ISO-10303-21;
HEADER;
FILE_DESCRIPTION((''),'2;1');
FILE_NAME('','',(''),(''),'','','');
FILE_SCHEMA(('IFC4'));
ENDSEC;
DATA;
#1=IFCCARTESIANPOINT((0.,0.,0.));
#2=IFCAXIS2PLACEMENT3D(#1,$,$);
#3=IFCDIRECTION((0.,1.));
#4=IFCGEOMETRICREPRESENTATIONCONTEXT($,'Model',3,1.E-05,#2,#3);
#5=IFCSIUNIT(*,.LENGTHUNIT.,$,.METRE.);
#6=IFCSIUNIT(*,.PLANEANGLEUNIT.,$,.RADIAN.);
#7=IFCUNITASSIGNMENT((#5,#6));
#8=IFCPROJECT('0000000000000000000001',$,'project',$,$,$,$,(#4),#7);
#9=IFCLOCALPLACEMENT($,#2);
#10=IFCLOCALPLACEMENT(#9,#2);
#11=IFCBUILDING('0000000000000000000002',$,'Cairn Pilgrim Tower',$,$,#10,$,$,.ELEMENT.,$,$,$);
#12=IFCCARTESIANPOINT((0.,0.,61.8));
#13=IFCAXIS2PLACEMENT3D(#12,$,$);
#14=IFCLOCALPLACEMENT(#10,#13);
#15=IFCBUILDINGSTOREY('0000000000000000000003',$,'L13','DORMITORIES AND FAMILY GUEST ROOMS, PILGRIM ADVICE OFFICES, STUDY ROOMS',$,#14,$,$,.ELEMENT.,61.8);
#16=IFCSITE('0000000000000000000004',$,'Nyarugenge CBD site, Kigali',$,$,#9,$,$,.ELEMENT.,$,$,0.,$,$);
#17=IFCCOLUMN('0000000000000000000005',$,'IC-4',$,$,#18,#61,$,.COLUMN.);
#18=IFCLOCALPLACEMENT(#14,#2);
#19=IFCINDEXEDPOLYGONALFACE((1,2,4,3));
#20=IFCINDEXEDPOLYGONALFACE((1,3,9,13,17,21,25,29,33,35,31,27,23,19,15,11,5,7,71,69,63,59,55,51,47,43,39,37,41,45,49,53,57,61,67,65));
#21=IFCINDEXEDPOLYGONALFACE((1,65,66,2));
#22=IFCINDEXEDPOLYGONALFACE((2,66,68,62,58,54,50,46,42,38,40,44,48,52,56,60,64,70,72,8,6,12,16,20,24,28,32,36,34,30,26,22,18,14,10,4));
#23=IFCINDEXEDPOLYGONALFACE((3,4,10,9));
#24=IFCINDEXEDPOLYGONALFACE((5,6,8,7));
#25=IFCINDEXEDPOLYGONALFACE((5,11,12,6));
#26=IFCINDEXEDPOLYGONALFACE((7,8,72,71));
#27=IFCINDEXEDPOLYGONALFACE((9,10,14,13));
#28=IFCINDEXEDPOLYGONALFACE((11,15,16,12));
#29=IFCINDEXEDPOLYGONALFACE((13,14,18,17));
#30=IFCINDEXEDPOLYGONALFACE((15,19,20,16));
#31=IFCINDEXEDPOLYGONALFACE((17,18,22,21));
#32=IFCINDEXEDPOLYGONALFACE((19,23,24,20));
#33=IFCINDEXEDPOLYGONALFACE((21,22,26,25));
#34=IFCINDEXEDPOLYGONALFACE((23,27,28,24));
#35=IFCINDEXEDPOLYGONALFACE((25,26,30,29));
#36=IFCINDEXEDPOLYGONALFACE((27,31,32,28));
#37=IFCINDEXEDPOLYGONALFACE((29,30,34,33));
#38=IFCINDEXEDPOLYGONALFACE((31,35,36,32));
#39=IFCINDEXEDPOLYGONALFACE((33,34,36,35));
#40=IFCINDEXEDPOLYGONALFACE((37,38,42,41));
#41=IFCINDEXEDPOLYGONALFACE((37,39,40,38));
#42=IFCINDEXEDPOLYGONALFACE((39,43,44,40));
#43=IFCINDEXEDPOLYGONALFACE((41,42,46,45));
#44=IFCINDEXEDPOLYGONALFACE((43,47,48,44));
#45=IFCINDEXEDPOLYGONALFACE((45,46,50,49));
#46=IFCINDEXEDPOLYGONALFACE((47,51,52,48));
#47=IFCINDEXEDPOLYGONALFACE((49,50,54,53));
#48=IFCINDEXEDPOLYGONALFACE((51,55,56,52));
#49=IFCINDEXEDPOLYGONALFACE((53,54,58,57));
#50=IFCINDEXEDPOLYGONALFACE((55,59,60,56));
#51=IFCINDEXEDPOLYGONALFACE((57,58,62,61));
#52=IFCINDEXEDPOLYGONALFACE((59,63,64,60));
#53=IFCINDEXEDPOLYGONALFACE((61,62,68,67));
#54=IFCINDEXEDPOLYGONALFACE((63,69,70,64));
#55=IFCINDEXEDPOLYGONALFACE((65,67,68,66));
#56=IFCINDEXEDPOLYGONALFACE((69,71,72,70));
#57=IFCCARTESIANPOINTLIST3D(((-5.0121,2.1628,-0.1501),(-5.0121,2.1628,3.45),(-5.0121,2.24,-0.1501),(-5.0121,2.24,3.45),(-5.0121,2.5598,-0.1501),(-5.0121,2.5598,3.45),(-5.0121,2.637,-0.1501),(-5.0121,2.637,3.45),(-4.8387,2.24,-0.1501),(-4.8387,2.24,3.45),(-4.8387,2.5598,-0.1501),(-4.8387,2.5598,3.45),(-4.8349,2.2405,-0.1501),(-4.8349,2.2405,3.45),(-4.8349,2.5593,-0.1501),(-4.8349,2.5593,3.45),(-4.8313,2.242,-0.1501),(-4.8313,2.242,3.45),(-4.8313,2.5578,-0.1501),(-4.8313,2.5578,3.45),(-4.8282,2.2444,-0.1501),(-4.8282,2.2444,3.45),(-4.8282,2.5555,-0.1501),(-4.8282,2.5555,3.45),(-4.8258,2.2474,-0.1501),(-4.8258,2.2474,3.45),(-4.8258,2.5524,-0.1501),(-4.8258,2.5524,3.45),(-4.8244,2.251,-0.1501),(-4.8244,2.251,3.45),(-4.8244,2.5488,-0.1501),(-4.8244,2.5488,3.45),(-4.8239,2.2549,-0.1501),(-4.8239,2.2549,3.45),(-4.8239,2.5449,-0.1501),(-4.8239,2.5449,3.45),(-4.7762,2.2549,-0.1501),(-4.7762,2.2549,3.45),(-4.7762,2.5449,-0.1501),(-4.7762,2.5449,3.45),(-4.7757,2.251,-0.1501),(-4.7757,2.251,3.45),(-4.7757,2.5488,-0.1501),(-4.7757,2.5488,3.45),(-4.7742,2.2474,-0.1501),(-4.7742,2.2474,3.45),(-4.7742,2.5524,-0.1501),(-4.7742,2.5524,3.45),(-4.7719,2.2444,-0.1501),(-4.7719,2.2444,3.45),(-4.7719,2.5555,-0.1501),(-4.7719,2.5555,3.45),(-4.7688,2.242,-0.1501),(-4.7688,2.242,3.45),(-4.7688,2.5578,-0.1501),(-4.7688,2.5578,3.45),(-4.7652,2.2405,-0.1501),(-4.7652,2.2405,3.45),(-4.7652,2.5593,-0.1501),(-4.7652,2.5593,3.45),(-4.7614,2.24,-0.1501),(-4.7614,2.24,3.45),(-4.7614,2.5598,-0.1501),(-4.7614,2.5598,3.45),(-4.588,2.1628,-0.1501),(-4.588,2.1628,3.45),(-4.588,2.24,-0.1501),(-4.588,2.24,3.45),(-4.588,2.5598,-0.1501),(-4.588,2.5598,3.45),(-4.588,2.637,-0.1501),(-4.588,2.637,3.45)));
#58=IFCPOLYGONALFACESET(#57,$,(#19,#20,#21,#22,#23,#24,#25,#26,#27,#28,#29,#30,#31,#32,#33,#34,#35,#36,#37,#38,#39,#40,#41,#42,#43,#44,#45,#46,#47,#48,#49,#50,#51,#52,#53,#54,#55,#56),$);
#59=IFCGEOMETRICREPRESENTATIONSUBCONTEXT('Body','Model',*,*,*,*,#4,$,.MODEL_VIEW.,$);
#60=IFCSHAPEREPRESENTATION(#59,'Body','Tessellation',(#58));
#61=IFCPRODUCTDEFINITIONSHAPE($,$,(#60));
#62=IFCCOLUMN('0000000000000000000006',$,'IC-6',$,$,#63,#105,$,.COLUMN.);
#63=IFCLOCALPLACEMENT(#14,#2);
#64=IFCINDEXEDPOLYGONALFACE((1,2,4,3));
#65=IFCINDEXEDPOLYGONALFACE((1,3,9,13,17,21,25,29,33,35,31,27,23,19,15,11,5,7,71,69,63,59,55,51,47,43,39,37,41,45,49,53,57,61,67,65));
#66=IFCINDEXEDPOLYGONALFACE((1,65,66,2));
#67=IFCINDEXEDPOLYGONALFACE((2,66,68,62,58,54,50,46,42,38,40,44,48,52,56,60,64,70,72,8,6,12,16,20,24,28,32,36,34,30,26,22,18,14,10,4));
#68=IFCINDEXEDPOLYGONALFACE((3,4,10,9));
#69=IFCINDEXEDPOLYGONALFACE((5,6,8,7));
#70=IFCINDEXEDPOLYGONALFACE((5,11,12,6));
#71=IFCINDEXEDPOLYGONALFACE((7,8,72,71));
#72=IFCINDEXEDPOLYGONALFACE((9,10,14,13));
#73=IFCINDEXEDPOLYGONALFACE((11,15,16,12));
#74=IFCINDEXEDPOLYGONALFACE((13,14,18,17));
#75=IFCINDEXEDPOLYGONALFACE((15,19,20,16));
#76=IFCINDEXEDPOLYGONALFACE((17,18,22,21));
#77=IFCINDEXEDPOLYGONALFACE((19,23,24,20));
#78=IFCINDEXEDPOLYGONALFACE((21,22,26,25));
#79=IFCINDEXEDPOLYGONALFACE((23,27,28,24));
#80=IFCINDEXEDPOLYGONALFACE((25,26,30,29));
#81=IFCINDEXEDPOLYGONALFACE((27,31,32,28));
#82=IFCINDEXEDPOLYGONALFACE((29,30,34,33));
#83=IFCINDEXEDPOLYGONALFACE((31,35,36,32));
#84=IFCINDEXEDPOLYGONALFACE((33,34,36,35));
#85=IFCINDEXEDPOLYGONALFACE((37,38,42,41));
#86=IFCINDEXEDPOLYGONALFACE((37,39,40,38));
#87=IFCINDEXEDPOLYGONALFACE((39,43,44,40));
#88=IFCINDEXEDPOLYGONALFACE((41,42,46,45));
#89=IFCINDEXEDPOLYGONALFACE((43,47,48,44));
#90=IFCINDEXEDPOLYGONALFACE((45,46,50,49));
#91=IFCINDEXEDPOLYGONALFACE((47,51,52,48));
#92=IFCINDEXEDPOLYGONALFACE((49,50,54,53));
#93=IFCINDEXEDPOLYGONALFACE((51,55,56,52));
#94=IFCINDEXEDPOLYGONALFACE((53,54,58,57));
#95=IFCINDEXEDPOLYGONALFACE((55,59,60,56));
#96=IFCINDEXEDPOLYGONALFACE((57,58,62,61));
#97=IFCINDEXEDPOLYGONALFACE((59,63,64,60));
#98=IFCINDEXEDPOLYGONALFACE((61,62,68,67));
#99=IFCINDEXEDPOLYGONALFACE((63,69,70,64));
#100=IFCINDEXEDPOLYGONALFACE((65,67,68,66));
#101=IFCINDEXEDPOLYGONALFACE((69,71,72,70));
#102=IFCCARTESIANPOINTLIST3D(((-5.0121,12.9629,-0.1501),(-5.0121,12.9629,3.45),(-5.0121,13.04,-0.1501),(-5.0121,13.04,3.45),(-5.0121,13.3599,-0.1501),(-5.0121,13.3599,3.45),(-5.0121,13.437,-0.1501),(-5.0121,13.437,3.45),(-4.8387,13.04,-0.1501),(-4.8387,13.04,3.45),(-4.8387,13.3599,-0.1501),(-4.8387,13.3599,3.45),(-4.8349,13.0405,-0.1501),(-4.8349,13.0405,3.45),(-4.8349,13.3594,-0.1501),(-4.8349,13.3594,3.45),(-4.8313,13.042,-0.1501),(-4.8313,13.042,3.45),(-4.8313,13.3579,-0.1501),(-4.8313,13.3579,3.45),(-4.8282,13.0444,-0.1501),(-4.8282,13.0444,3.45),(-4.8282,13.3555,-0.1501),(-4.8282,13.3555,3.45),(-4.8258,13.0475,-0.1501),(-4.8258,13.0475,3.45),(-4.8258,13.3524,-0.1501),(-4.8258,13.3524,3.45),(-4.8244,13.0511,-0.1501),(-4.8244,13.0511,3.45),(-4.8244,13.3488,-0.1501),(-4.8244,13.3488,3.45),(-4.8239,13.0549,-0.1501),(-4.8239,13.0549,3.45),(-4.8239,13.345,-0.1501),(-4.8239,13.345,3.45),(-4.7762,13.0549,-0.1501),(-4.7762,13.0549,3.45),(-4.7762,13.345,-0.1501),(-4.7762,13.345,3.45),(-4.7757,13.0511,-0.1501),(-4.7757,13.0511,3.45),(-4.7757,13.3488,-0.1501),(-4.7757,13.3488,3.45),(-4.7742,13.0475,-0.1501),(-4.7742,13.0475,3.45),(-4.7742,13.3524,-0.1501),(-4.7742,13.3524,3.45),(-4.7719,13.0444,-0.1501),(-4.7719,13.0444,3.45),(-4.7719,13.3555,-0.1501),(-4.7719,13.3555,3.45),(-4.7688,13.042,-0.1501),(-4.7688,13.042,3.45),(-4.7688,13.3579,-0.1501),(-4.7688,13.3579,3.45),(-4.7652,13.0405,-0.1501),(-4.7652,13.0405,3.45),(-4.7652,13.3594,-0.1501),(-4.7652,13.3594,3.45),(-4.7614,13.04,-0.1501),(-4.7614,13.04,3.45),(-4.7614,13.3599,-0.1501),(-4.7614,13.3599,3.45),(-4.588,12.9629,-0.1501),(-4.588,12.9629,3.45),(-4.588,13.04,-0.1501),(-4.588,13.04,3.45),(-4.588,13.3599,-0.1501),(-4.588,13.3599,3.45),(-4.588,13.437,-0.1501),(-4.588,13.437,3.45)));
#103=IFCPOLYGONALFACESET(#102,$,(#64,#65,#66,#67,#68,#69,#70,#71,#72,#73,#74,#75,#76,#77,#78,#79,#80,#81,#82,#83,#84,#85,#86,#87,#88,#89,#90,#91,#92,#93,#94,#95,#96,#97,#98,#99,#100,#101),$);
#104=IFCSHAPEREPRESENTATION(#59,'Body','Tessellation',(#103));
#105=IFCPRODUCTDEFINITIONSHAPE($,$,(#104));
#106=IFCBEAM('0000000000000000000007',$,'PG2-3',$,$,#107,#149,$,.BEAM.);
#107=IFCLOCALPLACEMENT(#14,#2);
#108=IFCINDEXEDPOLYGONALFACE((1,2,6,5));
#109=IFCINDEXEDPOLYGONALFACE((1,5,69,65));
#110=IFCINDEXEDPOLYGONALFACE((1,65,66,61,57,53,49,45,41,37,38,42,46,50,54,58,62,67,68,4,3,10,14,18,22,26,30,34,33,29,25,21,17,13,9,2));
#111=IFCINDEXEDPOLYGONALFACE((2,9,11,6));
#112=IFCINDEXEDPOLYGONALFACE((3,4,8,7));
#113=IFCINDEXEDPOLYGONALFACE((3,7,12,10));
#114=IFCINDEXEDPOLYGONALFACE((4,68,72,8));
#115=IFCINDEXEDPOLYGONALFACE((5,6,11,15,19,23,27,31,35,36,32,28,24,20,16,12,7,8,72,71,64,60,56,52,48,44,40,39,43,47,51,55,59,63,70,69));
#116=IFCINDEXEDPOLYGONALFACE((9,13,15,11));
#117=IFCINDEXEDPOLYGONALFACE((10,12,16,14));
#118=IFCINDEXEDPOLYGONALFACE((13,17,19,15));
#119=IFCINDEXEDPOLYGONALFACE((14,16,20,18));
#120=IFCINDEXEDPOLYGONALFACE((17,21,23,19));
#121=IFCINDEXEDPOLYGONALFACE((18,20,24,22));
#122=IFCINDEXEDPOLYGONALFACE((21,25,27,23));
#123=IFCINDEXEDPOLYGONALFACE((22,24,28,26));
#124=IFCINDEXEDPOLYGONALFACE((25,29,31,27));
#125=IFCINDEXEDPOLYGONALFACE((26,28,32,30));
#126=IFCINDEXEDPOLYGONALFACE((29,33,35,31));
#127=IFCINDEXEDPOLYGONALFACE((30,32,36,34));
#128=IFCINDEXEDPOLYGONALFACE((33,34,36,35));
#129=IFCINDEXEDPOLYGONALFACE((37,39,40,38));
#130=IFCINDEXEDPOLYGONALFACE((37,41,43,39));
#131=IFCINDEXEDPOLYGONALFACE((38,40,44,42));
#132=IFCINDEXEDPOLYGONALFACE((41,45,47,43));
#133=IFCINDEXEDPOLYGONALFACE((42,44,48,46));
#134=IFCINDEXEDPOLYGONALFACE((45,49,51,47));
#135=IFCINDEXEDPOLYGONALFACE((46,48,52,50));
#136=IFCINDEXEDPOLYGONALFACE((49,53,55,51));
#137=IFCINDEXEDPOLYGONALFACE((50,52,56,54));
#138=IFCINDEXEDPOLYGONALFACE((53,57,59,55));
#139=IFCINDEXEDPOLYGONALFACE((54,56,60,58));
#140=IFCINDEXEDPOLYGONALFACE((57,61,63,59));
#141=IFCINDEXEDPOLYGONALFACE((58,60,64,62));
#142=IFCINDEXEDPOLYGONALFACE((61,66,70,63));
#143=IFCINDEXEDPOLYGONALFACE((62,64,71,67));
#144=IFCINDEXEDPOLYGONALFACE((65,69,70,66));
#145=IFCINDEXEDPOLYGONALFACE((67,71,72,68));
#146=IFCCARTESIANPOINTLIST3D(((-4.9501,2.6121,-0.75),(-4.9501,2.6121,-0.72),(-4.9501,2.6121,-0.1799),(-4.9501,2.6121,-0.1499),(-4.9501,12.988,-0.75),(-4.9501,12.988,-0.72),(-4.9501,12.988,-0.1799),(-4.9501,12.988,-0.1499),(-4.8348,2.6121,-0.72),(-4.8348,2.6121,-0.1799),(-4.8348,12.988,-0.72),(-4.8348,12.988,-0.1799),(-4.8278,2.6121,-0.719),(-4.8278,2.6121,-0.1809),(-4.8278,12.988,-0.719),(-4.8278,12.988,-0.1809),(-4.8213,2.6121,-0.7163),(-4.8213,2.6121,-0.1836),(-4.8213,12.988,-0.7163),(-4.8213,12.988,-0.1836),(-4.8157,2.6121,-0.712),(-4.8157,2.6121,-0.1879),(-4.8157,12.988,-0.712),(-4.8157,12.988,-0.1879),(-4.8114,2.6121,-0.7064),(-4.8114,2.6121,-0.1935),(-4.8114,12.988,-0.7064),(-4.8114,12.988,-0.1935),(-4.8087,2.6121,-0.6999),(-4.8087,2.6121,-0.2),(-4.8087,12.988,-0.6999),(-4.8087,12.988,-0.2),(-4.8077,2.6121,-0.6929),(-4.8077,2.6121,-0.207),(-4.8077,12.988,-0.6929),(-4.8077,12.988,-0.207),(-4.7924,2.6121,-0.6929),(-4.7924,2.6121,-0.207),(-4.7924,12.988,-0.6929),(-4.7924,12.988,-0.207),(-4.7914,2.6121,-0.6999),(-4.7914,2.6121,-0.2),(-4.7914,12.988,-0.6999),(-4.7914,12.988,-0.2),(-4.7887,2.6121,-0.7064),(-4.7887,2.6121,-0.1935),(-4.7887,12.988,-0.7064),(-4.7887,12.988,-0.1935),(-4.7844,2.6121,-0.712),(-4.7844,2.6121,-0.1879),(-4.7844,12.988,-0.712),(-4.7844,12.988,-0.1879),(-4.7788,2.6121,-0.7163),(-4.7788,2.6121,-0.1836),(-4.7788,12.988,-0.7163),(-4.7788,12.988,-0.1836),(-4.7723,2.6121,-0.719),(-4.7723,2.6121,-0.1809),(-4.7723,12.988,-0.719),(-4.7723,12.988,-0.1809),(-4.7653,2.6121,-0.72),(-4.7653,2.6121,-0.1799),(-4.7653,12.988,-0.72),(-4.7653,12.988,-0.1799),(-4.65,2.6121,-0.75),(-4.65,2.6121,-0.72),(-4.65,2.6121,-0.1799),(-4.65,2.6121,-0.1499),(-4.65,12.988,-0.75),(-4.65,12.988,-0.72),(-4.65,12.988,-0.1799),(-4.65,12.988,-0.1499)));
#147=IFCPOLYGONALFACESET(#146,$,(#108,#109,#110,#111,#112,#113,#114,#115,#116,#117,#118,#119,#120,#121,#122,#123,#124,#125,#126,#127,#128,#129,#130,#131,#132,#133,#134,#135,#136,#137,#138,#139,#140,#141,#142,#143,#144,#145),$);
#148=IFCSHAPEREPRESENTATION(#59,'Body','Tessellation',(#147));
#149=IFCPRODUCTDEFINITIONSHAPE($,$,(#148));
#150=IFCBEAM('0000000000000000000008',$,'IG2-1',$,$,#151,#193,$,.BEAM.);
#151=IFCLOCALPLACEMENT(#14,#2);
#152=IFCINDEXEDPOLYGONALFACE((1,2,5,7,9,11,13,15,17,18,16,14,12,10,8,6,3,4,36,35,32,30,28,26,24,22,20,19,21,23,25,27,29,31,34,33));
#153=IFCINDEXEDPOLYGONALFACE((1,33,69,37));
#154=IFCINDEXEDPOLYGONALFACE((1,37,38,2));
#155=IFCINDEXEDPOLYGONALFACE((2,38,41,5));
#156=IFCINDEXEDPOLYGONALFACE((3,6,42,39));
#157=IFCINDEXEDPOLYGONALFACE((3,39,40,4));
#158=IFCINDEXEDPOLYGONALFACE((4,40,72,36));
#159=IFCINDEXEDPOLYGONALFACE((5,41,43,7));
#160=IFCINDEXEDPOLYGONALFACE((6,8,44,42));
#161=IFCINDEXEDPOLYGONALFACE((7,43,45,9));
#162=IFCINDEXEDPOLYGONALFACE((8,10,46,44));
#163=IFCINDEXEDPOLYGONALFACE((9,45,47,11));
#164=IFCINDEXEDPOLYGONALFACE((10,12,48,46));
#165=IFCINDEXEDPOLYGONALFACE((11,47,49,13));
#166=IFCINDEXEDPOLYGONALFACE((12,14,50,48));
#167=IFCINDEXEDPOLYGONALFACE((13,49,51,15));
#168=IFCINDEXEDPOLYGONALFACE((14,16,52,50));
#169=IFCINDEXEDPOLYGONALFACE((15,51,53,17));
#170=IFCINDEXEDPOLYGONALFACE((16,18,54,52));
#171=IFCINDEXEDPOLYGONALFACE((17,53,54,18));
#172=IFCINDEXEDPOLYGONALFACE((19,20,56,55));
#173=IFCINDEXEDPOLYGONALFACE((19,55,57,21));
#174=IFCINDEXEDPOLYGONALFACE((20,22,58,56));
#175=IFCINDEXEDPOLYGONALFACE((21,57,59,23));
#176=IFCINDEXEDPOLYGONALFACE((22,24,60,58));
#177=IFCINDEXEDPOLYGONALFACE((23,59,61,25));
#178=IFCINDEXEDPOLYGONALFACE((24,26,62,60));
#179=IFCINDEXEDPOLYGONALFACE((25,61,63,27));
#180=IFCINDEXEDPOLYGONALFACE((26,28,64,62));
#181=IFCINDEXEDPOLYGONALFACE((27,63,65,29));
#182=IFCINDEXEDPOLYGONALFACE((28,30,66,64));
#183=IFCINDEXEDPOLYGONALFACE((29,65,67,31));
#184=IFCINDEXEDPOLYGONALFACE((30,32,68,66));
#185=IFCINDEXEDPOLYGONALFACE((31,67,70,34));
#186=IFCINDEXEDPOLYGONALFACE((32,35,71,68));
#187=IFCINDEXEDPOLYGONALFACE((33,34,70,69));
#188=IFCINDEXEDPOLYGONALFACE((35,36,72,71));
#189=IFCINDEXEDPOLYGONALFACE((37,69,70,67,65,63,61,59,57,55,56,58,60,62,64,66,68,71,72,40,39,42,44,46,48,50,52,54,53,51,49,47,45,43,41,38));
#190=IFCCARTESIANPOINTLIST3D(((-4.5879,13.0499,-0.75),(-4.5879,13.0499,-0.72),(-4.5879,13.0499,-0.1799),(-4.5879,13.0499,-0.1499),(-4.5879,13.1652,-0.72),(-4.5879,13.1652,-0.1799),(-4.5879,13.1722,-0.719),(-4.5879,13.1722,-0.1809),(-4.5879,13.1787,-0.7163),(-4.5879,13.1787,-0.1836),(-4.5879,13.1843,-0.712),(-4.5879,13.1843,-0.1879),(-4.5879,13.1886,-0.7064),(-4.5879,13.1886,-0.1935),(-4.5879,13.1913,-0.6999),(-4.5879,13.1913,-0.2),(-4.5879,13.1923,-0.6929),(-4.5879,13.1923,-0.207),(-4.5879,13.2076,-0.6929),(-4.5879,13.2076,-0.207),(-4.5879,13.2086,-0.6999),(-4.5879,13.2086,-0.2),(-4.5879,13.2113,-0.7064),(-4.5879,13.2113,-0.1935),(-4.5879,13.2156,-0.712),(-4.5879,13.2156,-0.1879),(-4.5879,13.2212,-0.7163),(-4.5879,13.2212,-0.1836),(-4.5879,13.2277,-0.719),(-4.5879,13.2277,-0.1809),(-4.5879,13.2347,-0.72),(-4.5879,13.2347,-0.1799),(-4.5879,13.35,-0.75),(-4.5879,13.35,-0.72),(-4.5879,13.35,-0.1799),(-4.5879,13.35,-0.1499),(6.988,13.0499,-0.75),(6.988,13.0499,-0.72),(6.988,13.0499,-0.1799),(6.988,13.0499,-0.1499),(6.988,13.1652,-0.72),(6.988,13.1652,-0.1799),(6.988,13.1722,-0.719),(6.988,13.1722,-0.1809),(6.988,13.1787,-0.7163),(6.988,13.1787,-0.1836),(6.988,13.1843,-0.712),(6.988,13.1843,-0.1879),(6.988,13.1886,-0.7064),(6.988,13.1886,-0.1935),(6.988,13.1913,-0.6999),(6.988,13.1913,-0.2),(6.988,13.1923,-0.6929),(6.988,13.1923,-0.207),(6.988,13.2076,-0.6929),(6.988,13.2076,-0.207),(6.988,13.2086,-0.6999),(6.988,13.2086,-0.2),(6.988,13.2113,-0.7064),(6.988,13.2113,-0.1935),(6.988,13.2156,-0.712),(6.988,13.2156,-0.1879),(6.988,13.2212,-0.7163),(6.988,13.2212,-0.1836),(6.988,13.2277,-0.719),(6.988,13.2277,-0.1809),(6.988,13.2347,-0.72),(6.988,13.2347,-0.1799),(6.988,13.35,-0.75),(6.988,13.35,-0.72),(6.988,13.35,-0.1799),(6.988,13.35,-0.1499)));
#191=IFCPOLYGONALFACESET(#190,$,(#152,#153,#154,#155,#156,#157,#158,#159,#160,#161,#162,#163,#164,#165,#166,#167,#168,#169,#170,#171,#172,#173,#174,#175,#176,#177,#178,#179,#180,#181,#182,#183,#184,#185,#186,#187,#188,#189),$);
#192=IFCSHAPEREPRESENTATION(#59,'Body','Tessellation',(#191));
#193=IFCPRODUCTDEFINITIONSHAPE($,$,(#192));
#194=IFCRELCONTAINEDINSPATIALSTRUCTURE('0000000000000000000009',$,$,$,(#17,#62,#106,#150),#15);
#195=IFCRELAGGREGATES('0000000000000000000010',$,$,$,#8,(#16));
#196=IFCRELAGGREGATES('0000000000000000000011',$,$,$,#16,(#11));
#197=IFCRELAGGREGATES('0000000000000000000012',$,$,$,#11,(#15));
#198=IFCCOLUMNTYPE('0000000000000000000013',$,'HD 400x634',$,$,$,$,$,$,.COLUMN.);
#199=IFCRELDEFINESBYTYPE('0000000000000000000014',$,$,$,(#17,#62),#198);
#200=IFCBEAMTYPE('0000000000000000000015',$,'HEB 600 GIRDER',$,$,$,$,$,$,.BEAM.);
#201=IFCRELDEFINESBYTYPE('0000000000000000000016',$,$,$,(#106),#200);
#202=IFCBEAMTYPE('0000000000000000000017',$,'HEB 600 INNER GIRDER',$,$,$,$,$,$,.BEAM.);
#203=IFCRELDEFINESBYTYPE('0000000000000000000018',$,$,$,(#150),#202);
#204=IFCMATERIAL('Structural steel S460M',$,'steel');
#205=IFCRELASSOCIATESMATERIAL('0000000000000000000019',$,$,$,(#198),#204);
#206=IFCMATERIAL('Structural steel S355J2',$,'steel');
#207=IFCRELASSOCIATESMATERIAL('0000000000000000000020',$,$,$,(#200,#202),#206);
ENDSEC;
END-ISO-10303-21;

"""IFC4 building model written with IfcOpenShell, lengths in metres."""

from ifc_helpers import new_model, si_unit, direction, frame, origin, origin_2d, place, context, subcontext, project, spatial, i_section, extrude, material, material_profile, profile_set, type_object, element, save


model = new_model("IFC4")

# Units and contexts
model_context = context("Model", 3, precision=1e-05, world=origin(), true_north=direction((0.0, 1.0)))
body_context = subcontext(model_context, "Body", "Model", "MODEL_VIEW")
ifc_project = project(units=[si_unit("LENGTHUNIT", "METRE"), si_unit("PLANEANGLEUNIT", "RADIAN")], contexts=[model_context])

# Site, building, storey
site_placement = place(None, origin())
site = spatial("IfcSite", under=ifc_project, at=site_placement, Name="Nyarugenge CBD site, Kigali", CompositionType="ELEMENT", RefElevation=0.0)
building_placement = place(site_placement, origin())
building = spatial("IfcBuilding", under=site, at=building_placement, Name="Cairn Pilgrim Tower", CompositionType="ELEMENT")
storey_placement = place(building_placement, frame((0.0, 0.0, 61.8)))
storey = spatial("IfcBuildingStorey", under=building, at=storey_placement, Name="L13", Description="DORMITORIES AND FAMILY GUEST ROOMS, PILGRIM ADVICE OFFICES, STUDY ROOMS", CompositionType="ELEMENT", Elevation=61.8)

# Columns
ifc_material_1 = material(Name="Structural steel S460M", Category="steel")
ifc_material_profile_1 = material_profile(ifc_material_1, i_section(OverallWidth=0.4241, OverallDepth=0.4741, WebThickness=0.0476, FlangeThickness=0.0771, FilletRadius=0.0149, at=origin_2d()), Name="HD 400x634")
ifc_profile_set_1 = profile_set([ifc_material_profile_1], Name="Structural steel S460M")
column_type = type_object("IfcColumnType", Name="HD 400x634", PredefinedType="COLUMN", material=ifc_profile_set_1)
for number, where, z_axis, x_axis, name in (
    (1, (-4.8, 2.3999, -0.1501), (0.0, 0.0, 1.0), (1.0, 0.0, 0.0), "IC-4"),
    (2, (-4.8, 13.2, -0.1501), (0.0, 0.0, 1.0), (1.0, 0.0, 0.0), "IC-6"),
):
    element("IfcColumn", number, at=place(storey_placement, frame(where, z_axis=z_axis, x_axis=x_axis)), inside=storey, type_object=column_type, Name=name, PredefinedType="COLUMN", context=body_context, shape_type="SweptSolid", body=[
        extrude(i_section(OverallWidth=0.4241, OverallDepth=0.4741, WebThickness=0.0476, FlangeThickness=0.0771, FilletRadius=0.0149, at=origin_2d()), origin(), (0.0, 0.0, 1.0), 3.6001),
    ])

# Beams
ifc_material_2 = material(Name="Structural steel S355J2", Category="steel")
ifc_material_profile_2 = material_profile(ifc_material_2, i_section(OverallWidth=0.3, OverallDepth=0.6001, WebThickness=0.0154, FlangeThickness=0.03, FilletRadius=0.0271, at=origin_2d()), Name="HEB 600")
ifc_profile_set_2 = profile_set([ifc_material_profile_2], Name="Structural steel S355J2")
beam_type_1 = type_object("IfcBeamType", Name="HEB 600 GIRDER", PredefinedType="BEAM", material=ifc_profile_set_2)
beam_1_placement = place(storey_placement, frame((-4.8, 2.6121, -0.45), z_axis=(0.0, 1.0, 0.0), x_axis=(-1.0, 0.0, 0.0)))
element("IfcBeam", 3, at=beam_1_placement, inside=storey, type_object=beam_type_1, Name="PG2-3", PredefinedType="BEAM", context=body_context, shape_type="SweptSolid", body=[
    extrude(i_section(OverallWidth=0.3, OverallDepth=0.6001, WebThickness=0.0154, FlangeThickness=0.03, FilletRadius=0.0271, at=origin_2d()), origin(), (0.0, 0.0, 1.0), 10.376),
])
ifc_material_profile_3 = material_profile(ifc_material_2, i_section(OverallWidth=0.3, OverallDepth=0.6001, WebThickness=0.0154, FlangeThickness=0.03, FilletRadius=0.0271, at=origin_2d()), Name="HEB 600")
ifc_profile_set_3 = profile_set([ifc_material_profile_3], Name="Structural steel S355J2")
beam_type_2 = type_object("IfcBeamType", Name="HEB 600 INNER GIRDER", PredefinedType="BEAM", material=ifc_profile_set_3)
beam_2_placement = place(storey_placement, frame((-4.5879, 13.2, -0.45), z_axis=(1.0, 0.0, 0.0), x_axis=(0.0, 1.0, 0.0)))
element("IfcBeam", 4, at=beam_2_placement, inside=storey, type_object=beam_type_2, Name="IG2-1", PredefinedType="BEAM", context=body_context, shape_type="SweptSolid", body=[
    extrude(i_section(OverallWidth=0.3, OverallDepth=0.6001, WebThickness=0.0154, FlangeThickness=0.03, FilletRadius=0.0271, at=origin_2d()), origin(), (0.0, 0.0, 1.0), 11.5759),
])

save(model, "model.ifc")
